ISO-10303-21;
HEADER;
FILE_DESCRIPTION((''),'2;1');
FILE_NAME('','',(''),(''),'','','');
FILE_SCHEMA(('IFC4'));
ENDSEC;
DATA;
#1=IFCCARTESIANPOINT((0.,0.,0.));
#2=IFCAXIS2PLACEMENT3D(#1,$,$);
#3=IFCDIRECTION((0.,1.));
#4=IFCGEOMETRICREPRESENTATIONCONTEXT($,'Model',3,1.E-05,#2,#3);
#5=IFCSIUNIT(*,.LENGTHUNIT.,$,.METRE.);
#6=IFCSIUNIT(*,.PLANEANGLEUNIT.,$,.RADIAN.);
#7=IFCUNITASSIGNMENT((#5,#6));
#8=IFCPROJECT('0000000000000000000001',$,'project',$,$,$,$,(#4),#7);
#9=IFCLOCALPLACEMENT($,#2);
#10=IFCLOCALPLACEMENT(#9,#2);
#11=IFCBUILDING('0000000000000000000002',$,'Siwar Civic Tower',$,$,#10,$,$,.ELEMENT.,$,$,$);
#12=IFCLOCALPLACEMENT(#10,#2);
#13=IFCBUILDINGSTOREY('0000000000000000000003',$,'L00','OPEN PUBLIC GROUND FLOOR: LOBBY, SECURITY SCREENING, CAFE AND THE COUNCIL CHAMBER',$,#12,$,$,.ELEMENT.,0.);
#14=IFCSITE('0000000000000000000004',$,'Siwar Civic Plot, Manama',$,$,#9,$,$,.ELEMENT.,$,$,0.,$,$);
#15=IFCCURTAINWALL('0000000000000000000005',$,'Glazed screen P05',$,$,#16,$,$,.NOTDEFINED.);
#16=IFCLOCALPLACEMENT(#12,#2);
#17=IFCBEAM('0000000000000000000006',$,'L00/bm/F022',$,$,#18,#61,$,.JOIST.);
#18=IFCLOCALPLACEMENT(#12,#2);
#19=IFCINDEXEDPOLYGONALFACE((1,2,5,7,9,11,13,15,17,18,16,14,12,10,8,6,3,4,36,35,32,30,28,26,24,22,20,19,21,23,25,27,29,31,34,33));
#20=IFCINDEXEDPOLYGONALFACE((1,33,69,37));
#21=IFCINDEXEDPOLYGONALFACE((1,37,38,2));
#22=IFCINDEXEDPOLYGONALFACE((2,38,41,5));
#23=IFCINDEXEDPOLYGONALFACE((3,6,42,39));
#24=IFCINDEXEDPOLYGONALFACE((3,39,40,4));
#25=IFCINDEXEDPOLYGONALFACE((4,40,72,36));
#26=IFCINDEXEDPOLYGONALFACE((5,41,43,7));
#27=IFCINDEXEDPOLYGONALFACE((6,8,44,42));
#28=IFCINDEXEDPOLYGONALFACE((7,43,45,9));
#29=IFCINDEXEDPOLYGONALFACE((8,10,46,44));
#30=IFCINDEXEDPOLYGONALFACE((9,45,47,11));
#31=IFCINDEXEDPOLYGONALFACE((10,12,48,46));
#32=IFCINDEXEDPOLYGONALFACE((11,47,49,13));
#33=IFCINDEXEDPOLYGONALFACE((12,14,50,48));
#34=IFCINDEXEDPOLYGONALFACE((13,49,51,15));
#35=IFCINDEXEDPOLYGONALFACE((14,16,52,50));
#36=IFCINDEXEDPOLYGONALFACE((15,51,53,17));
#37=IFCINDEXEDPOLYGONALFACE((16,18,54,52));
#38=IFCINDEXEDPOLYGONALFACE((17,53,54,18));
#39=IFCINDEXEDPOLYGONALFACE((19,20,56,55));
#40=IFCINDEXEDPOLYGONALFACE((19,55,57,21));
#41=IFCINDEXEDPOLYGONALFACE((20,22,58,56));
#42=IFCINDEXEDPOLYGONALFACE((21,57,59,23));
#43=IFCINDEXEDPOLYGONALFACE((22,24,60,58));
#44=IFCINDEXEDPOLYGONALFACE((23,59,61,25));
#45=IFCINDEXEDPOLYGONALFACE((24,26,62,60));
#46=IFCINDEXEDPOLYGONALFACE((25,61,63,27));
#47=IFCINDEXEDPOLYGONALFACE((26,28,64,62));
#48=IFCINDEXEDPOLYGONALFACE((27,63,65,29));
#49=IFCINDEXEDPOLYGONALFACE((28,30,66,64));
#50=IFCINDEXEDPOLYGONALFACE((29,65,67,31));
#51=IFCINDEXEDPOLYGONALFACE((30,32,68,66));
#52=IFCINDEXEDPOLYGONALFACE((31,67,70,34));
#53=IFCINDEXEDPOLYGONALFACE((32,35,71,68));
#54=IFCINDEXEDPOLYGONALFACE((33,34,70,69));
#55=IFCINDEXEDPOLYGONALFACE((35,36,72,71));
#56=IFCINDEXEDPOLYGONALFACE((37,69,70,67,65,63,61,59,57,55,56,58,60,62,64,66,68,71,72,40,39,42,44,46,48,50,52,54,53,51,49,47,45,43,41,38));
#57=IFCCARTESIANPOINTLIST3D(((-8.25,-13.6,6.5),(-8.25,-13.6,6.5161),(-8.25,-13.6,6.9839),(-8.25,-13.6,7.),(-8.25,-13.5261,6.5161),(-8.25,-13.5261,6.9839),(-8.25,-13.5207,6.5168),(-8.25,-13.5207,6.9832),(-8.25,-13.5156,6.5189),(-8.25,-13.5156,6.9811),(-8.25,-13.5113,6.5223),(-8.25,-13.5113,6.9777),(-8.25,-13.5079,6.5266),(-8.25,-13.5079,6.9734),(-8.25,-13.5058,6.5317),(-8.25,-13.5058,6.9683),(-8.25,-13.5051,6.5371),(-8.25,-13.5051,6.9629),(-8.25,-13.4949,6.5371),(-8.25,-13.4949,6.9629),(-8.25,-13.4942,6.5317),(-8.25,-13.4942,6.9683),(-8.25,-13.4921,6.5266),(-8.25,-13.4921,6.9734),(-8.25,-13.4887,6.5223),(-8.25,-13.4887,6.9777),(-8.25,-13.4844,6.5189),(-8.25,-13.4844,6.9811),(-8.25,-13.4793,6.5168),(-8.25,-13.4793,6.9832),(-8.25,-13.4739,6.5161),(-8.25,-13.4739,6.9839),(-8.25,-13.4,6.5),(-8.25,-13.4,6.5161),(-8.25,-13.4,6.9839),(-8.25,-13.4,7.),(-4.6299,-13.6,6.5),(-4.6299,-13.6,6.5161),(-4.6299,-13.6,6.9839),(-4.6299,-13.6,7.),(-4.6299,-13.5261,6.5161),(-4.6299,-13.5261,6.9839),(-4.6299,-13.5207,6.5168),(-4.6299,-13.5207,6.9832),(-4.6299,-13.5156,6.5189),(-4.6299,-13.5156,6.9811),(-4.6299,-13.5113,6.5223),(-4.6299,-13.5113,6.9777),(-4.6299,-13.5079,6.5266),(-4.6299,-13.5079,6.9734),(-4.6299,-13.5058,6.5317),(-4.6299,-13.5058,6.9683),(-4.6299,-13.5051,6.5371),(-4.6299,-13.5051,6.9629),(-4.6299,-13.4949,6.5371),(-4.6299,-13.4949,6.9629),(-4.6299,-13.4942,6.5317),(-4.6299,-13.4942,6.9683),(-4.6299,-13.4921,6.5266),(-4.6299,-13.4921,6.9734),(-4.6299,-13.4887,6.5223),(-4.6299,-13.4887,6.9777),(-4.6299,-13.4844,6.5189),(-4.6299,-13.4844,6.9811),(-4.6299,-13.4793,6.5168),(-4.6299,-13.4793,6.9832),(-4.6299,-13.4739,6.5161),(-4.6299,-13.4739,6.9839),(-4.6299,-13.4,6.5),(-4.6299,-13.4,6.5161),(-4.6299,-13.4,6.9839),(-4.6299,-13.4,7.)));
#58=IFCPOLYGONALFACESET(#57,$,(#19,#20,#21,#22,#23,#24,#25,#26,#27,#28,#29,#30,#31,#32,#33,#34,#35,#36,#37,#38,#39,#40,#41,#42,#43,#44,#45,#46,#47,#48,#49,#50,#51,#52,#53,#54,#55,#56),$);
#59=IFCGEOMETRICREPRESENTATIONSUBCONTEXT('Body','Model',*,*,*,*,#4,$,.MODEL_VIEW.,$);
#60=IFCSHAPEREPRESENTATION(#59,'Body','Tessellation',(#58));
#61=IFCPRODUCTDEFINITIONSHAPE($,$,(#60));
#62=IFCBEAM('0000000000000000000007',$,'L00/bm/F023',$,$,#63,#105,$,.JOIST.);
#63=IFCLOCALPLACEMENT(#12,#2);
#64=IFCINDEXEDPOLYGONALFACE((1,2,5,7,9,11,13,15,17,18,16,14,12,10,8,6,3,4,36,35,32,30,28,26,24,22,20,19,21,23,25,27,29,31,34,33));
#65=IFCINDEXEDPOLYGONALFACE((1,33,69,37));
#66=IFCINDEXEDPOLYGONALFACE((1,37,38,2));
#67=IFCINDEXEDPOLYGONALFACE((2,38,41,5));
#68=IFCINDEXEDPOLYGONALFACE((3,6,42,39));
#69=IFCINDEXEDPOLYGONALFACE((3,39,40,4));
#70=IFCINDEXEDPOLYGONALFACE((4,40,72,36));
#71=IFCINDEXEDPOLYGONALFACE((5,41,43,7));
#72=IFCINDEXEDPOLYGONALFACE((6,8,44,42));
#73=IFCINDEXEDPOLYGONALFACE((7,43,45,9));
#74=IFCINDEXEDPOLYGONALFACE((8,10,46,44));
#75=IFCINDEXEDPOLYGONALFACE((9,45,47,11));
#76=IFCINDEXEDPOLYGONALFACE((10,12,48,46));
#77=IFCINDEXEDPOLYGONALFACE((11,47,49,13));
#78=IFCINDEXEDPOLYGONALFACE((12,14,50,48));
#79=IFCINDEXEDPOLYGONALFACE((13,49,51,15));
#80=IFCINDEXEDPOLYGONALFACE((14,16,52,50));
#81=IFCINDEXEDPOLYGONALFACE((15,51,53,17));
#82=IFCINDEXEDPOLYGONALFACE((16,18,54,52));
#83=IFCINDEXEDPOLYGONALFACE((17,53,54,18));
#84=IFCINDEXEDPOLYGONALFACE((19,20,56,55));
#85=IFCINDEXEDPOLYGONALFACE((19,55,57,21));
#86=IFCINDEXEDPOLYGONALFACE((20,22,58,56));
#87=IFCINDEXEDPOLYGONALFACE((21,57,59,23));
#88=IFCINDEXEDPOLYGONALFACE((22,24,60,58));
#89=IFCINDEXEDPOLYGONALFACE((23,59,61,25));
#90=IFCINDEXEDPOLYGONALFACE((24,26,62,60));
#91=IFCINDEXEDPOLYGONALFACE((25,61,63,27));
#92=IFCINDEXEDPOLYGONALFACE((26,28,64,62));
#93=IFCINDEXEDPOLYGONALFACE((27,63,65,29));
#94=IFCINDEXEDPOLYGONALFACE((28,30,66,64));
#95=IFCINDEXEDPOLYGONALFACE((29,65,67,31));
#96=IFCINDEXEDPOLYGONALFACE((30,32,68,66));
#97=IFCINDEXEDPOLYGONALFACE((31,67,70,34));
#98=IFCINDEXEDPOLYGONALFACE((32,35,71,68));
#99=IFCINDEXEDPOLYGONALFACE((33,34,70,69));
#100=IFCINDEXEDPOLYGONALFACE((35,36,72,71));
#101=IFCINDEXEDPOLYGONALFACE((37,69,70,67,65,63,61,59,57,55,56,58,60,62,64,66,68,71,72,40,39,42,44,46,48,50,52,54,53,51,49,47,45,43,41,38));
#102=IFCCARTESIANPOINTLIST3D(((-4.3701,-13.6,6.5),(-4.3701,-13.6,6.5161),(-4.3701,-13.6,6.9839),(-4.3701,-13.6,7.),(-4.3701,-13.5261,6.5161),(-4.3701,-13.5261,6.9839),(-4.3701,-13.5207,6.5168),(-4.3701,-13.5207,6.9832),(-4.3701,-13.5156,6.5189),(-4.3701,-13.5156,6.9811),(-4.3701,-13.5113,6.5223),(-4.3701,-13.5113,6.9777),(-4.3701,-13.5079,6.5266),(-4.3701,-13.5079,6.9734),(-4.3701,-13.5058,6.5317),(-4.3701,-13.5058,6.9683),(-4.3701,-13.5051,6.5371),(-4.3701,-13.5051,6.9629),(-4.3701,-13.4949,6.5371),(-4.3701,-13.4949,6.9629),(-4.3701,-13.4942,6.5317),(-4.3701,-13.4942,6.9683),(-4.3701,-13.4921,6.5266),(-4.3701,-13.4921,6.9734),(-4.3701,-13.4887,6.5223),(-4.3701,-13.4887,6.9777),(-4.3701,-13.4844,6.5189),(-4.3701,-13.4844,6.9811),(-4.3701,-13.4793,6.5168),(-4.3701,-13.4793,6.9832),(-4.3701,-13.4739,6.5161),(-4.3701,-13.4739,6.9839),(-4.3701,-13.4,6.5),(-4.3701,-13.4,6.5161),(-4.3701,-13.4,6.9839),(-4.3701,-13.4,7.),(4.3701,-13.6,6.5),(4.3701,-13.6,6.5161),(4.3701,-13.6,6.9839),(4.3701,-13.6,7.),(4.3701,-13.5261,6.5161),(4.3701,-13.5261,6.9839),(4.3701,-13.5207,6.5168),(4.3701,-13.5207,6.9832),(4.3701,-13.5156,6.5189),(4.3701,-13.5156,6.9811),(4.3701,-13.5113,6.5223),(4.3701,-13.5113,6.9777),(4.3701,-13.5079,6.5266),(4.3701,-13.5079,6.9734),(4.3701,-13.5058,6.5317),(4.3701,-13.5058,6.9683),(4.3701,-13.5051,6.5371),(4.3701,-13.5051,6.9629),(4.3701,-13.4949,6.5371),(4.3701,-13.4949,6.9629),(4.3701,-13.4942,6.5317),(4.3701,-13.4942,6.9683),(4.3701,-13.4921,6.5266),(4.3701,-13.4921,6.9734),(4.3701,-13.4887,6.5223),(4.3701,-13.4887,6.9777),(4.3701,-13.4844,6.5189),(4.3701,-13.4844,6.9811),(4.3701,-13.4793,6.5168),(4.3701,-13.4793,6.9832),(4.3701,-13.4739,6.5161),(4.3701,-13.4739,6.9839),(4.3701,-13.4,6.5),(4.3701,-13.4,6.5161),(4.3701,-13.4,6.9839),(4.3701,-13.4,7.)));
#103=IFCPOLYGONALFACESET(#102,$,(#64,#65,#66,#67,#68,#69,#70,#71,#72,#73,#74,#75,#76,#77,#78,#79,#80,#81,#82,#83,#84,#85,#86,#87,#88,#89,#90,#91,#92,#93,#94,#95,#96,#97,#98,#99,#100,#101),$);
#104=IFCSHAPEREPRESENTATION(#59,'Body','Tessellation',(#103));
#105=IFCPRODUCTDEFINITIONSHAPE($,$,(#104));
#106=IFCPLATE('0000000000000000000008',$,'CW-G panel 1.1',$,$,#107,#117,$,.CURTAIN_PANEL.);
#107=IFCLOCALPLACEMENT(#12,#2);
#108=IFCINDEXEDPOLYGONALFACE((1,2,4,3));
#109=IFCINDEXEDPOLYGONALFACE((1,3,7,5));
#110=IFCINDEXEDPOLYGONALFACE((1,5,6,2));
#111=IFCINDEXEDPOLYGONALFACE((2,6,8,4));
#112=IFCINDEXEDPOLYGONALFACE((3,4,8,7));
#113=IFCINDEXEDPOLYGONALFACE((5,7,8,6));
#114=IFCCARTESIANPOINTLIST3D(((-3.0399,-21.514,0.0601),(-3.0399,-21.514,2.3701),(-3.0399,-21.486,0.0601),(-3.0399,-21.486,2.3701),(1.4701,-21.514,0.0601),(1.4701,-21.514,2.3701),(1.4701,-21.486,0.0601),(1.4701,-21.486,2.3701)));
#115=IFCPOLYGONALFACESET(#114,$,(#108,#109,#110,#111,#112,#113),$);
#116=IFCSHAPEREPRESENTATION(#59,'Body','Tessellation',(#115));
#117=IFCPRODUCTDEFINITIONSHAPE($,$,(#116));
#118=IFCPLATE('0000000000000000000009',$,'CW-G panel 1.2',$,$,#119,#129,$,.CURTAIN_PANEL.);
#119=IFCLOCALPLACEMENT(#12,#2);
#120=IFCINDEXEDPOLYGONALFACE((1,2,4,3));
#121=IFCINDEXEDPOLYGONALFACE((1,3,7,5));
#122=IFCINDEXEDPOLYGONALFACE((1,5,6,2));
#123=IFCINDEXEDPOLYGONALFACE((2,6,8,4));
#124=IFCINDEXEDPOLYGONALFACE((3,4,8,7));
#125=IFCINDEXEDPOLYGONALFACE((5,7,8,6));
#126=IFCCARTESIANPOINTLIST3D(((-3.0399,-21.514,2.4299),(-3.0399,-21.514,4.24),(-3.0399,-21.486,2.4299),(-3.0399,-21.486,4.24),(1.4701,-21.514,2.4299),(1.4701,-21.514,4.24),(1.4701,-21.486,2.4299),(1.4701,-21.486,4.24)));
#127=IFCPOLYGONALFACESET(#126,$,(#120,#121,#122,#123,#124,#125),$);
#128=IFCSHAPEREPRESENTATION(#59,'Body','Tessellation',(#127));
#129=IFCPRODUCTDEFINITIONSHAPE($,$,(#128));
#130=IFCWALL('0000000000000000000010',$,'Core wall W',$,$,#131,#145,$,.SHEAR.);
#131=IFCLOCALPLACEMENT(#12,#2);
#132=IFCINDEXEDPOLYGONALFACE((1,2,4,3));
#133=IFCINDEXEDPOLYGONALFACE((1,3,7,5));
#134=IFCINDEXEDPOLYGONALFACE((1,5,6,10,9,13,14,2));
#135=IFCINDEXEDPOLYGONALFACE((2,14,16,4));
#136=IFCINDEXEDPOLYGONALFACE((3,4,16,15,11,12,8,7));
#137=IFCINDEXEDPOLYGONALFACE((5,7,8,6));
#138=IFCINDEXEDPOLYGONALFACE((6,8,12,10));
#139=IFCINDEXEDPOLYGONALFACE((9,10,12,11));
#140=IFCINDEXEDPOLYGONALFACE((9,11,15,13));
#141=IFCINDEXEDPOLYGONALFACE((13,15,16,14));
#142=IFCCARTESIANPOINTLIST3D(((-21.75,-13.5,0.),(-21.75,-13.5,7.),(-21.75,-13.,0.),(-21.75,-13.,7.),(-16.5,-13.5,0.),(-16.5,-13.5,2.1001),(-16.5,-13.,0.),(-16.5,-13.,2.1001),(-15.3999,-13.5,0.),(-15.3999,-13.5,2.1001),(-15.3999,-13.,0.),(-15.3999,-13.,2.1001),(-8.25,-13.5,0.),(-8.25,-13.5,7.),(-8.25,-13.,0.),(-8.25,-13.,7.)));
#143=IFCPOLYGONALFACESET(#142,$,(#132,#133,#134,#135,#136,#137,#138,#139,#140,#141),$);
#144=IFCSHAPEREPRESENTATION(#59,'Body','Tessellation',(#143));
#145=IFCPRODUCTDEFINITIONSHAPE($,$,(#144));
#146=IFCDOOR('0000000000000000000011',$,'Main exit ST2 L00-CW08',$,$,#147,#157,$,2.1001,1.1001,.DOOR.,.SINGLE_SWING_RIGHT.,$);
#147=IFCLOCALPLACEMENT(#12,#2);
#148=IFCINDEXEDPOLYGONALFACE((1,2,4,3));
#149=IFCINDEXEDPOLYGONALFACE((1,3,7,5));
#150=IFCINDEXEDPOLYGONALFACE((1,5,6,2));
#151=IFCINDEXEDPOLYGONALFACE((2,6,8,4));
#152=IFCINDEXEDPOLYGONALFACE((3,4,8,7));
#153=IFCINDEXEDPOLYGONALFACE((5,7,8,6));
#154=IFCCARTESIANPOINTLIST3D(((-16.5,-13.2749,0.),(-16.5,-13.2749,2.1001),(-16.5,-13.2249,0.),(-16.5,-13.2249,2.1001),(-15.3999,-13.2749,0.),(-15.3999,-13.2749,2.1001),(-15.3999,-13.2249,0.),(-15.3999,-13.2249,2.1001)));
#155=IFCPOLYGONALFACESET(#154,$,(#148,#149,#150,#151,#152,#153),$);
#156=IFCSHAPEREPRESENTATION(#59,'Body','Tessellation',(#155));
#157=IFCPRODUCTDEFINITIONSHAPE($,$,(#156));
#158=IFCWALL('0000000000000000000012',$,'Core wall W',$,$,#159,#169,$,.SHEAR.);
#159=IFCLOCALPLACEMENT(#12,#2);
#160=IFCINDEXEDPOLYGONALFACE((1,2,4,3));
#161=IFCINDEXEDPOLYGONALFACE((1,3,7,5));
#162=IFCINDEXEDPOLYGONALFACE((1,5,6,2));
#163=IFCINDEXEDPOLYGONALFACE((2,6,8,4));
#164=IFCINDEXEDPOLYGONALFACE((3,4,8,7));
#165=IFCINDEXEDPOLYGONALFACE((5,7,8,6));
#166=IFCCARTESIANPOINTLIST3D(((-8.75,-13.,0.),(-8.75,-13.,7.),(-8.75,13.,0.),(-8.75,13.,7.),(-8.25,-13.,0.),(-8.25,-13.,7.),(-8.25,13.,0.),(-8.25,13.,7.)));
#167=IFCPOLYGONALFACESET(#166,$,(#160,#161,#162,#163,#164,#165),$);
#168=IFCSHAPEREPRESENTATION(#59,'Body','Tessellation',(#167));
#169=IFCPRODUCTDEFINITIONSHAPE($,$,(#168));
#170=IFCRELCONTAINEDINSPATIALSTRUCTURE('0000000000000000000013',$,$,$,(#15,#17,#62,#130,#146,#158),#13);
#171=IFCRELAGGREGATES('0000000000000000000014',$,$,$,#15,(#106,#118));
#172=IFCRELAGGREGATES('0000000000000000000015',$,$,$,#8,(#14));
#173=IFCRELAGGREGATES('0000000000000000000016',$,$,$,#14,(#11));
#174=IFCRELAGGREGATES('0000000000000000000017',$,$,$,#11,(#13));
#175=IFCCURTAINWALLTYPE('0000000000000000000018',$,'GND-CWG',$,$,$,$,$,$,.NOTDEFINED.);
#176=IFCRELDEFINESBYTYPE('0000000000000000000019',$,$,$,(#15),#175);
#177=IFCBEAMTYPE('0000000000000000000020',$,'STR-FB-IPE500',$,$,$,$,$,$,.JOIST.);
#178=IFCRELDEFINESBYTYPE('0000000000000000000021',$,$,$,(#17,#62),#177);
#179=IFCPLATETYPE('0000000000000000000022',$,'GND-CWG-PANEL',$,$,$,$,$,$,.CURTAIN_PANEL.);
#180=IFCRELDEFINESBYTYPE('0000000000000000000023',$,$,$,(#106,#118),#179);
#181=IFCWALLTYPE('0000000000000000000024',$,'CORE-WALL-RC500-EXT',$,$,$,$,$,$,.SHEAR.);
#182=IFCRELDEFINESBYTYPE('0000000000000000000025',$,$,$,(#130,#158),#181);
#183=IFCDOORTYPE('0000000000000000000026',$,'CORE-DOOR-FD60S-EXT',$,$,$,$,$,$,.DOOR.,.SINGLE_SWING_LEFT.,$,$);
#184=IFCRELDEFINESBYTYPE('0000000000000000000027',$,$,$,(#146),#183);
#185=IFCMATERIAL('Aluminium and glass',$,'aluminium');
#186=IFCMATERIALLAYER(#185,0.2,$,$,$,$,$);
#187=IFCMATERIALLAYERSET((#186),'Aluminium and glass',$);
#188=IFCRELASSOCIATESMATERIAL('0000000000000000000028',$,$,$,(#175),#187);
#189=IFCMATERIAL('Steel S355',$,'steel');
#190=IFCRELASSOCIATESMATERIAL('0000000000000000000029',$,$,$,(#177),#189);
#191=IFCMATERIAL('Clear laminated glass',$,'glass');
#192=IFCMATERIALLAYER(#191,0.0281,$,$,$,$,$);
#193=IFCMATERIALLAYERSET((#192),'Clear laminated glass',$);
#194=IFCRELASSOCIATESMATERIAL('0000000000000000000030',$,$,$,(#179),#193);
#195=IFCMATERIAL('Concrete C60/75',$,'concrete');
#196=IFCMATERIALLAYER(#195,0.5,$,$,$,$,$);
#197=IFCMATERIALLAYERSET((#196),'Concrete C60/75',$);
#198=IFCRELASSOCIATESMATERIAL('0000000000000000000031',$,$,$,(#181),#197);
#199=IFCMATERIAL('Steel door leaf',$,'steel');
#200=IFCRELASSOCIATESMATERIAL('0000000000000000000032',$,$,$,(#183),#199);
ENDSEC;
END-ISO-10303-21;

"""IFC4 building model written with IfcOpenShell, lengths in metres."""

from ifc_helpers import new_model, si_unit, direction, frame, frame_2d, origin, origin_2d, place, context, subcontext, project, spatial, rectangle, i_section, extrude, material, layer, layer_set, material_profile, profile_set, type_object, element, fill, aggregate, save


model = new_model("IFC4")

# Units and contexts
model_context = context("Model", 3, precision=1e-05, world=origin(), true_north=direction((0.0, 1.0)))
body_context = subcontext(model_context, "Body", "Model", "MODEL_VIEW")
ifc_project = project(units=[si_unit("LENGTHUNIT", "METRE"), si_unit("PLANEANGLEUNIT", "RADIAN")], contexts=[model_context])

# Site, building, storey
site_placement = place(None, origin())
site = spatial("IfcSite", under=ifc_project, at=site_placement, Name="Siwar Civic Plot, Manama", CompositionType="ELEMENT", RefElevation=0.0)
building_placement = place(site_placement, origin())
building = spatial("IfcBuilding", under=site, at=building_placement, Name="Siwar Civic Tower", CompositionType="ELEMENT")
storey_placement = place(building_placement, origin())
storey = spatial("IfcBuildingStorey", under=building, at=storey_placement, Name="L00", Description="OPEN PUBLIC GROUND FLOOR: LOBBY, SECURITY SCREENING, CAFE AND THE COUNCIL CHAMBER", CompositionType="ELEMENT", Elevation=0.0)

# Curtain wall
ifc_material_1 = material(Name="Aluminium and glass", Category="aluminium")
ifc_layer_1 = layer(ifc_material_1, 0.2)
ifc_layer_set_1 = layer_set([ifc_layer_1], Name="Aluminium and glass")
curtain_wall_type = type_object("IfcCurtainWallType", Name="GND-CWG", PredefinedType="NOTDEFINED", material=ifc_layer_set_1)
curtain_wall_placement = place(storey_placement, origin())
curtain_wall = element("IfcCurtainWall", 1, at=curtain_wall_placement, inside=storey, type_object=curtain_wall_type, Name="Glazed screen P05", PredefinedType="NOTDEFINED")

# Beams
ifc_material_2 = material(Name="Steel S355", Category="steel")
ifc_material_profile_1 = material_profile(ifc_material_2, i_section(OverallWidth=0.2, OverallDepth=0.5, WebThickness=0.0103, FlangeThickness=0.0161, FilletRadius=0.021, at=origin_2d()), Name="IPE500")
ifc_profile_set_1 = profile_set([ifc_material_profile_1], Name="Steel S355")
beam_type = type_object("IfcBeamType", Name="STR-FB-IPE500", PredefinedType="JOIST", material=ifc_profile_set_1)
beam_1_placement = place(storey_placement, frame((-8.25, -13.5, 6.75), z_axis=(1.0, 0.0, 0.0), x_axis=(0.0, 1.0, 0.0)))
element("IfcBeam", 2, at=beam_1_placement, inside=storey, type_object=beam_type, Name="L00/bm/F022", PredefinedType="JOIST", context=body_context, shape_type="SweptSolid", body=[
    extrude(i_section(OverallWidth=0.2, OverallDepth=0.5, WebThickness=0.0103, FlangeThickness=0.0161, FilletRadius=0.021, at=origin_2d()), origin(), (0.0, 0.0, 1.0), 3.6201),
])
beam_2_placement = place(storey_placement, frame((-4.3701, -13.5, 6.75), z_axis=(1.0, 0.0, 0.0), x_axis=(0.0, 1.0, 0.0)))
element("IfcBeam", 3, at=beam_2_placement, inside=storey, type_object=beam_type, Name="L00/bm/F023", PredefinedType="JOIST", context=body_context, shape_type="SweptSolid", body=[
    extrude(i_section(OverallWidth=0.2, OverallDepth=0.5, WebThickness=0.0103, FlangeThickness=0.0161, FilletRadius=0.021, at=origin_2d()), origin(), (0.0, 0.0, 1.0), 8.7402),
])

# Plates
ifc_material_3 = material(Name="Clear laminated glass", Category="glass")
ifc_layer_2 = layer(ifc_material_3, 0.0281)
ifc_layer_set_2 = layer_set([ifc_layer_2], Name="Clear laminated glass")
plate_type = type_object("IfcPlateType", Name="GND-CWG-PANEL", PredefinedType="CURTAIN_PANEL", material=ifc_layer_set_2)
plate_1_placement = place(storey_placement, frame((-0.7849, -21.5, 0.0601), z_axis=(0.0, 0.0, 1.0), x_axis=(1.0, 0.0, 0.0)))
plate_1 = element("IfcPlate", 4, at=plate_1_placement, type_object=plate_type, Name="CW-G panel 1.1", PredefinedType="CURTAIN_PANEL", context=body_context, shape_type="SweptSolid", body=[
    extrude(rectangle(XDim=4.51, YDim=0.0281, at=origin_2d()), origin(), (0.0, 0.0, 1.0), 2.3101),
])
plate_2_placement = place(storey_placement, frame((-0.7849, -21.5, 2.4299), z_axis=(0.0, 0.0, 1.0), x_axis=(1.0, 0.0, 0.0)))
plate_2 = element("IfcPlate", 5, at=plate_2_placement, type_object=plate_type, Name="CW-G panel 1.2", PredefinedType="CURTAIN_PANEL", context=body_context, shape_type="SweptSolid", body=[
    extrude(rectangle(XDim=4.51, YDim=0.0281, at=origin_2d()), origin(), (0.0, 0.0, 1.0), 1.8101),
])
aggregate(curtain_wall, [plate_1, plate_2])

# Wall, opening, door
ifc_material_4 = material(Name="Concrete C60/75", Category="concrete")
ifc_layer_3 = layer(ifc_material_4, 0.5)
ifc_layer_set_3 = layer_set([ifc_layer_3], Name="Concrete C60/75")
wall_type = type_object("IfcWallType", Name="CORE-WALL-RC500-EXT", PredefinedType="SHEAR", material=ifc_layer_set_3)
wall_1_placement = place(storey_placement, frame((-8.25, -13.25, 0.0), z_axis=(0.0, 0.0, 1.0), x_axis=(-1.0, 0.0, 0.0)))
wall_1 = element("IfcWall", 6, at=wall_1_placement, inside=storey, type_object=wall_type, Name="Core wall W", PredefinedType="SHEAR", context=body_context, shape_type="SweptSolid", body=[
    extrude(rectangle(XDim=13.5, YDim=0.5, at=frame_2d((6.75, 0.0))), origin(), (0.0, 0.0, 1.0), 7.0),
])
opening_placement = place(wall_1_placement, frame((7.1499, 0.0, 0.0)))
opening = element("IfcOpeningElement", 7, at=opening_placement, cuts=wall_1, PredefinedType="OPENING", context=body_context, shape_type="SweptSolid", body=[
    extrude(rectangle(XDim=1.1001, YDim=2.1001, at=frame_2d((0.55, 1.05))), frame((0.0, 0.26, 0.0), z_axis=(0.0, -1.0, 0.0), x_axis=(1.0, 0.0, 0.0)), (0.0, 0.0, 1.0), 0.52),
])
ifc_material_5 = material(Name="Steel door leaf", Category="steel")
door_type = type_object("IfcDoorType", Name="CORE-DOOR-FD60S-EXT", OperationType="SINGLE_SWING_LEFT", PredefinedType="DOOR", material=ifc_material_5)
door_placement = place(opening_placement, origin())
door = element("IfcDoor", 8, at=door_placement, inside=storey, type_object=door_type, Name="Main exit ST2 L00-CW08", OperationType="SINGLE_SWING_RIGHT", OverallHeight=2.1001, OverallWidth=1.1001, PredefinedType="DOOR", context=body_context, shape_type="SweptSolid", body=[
    extrude(rectangle(XDim=1.1001, YDim=2.1001, at=frame_2d((0.55, 1.05))), frame((0.0, 0.0249, 0.0), z_axis=(0.0, -1.0, 0.0), x_axis=(1.0, 0.0, 0.0)), (0.0, 0.0, 1.0), 0.05),
])
fill(opening, door)

# Wall
wall_2_placement = place(storey_placement, frame((-8.5, -13.0, 0.0), z_axis=(0.0, 0.0, 1.0), x_axis=(0.0, 1.0, 0.0)))
element("IfcWall", 9, at=wall_2_placement, inside=storey, type_object=wall_type, Name="Core wall W", PredefinedType="SHEAR", context=body_context, shape_type="SweptSolid", body=[
    extrude(rectangle(XDim=26.0, YDim=0.5, at=frame_2d((13.0, 0.0))), origin(), (0.0, 0.0, 1.0), 7.0),
])

save(model, "model.ifc")
